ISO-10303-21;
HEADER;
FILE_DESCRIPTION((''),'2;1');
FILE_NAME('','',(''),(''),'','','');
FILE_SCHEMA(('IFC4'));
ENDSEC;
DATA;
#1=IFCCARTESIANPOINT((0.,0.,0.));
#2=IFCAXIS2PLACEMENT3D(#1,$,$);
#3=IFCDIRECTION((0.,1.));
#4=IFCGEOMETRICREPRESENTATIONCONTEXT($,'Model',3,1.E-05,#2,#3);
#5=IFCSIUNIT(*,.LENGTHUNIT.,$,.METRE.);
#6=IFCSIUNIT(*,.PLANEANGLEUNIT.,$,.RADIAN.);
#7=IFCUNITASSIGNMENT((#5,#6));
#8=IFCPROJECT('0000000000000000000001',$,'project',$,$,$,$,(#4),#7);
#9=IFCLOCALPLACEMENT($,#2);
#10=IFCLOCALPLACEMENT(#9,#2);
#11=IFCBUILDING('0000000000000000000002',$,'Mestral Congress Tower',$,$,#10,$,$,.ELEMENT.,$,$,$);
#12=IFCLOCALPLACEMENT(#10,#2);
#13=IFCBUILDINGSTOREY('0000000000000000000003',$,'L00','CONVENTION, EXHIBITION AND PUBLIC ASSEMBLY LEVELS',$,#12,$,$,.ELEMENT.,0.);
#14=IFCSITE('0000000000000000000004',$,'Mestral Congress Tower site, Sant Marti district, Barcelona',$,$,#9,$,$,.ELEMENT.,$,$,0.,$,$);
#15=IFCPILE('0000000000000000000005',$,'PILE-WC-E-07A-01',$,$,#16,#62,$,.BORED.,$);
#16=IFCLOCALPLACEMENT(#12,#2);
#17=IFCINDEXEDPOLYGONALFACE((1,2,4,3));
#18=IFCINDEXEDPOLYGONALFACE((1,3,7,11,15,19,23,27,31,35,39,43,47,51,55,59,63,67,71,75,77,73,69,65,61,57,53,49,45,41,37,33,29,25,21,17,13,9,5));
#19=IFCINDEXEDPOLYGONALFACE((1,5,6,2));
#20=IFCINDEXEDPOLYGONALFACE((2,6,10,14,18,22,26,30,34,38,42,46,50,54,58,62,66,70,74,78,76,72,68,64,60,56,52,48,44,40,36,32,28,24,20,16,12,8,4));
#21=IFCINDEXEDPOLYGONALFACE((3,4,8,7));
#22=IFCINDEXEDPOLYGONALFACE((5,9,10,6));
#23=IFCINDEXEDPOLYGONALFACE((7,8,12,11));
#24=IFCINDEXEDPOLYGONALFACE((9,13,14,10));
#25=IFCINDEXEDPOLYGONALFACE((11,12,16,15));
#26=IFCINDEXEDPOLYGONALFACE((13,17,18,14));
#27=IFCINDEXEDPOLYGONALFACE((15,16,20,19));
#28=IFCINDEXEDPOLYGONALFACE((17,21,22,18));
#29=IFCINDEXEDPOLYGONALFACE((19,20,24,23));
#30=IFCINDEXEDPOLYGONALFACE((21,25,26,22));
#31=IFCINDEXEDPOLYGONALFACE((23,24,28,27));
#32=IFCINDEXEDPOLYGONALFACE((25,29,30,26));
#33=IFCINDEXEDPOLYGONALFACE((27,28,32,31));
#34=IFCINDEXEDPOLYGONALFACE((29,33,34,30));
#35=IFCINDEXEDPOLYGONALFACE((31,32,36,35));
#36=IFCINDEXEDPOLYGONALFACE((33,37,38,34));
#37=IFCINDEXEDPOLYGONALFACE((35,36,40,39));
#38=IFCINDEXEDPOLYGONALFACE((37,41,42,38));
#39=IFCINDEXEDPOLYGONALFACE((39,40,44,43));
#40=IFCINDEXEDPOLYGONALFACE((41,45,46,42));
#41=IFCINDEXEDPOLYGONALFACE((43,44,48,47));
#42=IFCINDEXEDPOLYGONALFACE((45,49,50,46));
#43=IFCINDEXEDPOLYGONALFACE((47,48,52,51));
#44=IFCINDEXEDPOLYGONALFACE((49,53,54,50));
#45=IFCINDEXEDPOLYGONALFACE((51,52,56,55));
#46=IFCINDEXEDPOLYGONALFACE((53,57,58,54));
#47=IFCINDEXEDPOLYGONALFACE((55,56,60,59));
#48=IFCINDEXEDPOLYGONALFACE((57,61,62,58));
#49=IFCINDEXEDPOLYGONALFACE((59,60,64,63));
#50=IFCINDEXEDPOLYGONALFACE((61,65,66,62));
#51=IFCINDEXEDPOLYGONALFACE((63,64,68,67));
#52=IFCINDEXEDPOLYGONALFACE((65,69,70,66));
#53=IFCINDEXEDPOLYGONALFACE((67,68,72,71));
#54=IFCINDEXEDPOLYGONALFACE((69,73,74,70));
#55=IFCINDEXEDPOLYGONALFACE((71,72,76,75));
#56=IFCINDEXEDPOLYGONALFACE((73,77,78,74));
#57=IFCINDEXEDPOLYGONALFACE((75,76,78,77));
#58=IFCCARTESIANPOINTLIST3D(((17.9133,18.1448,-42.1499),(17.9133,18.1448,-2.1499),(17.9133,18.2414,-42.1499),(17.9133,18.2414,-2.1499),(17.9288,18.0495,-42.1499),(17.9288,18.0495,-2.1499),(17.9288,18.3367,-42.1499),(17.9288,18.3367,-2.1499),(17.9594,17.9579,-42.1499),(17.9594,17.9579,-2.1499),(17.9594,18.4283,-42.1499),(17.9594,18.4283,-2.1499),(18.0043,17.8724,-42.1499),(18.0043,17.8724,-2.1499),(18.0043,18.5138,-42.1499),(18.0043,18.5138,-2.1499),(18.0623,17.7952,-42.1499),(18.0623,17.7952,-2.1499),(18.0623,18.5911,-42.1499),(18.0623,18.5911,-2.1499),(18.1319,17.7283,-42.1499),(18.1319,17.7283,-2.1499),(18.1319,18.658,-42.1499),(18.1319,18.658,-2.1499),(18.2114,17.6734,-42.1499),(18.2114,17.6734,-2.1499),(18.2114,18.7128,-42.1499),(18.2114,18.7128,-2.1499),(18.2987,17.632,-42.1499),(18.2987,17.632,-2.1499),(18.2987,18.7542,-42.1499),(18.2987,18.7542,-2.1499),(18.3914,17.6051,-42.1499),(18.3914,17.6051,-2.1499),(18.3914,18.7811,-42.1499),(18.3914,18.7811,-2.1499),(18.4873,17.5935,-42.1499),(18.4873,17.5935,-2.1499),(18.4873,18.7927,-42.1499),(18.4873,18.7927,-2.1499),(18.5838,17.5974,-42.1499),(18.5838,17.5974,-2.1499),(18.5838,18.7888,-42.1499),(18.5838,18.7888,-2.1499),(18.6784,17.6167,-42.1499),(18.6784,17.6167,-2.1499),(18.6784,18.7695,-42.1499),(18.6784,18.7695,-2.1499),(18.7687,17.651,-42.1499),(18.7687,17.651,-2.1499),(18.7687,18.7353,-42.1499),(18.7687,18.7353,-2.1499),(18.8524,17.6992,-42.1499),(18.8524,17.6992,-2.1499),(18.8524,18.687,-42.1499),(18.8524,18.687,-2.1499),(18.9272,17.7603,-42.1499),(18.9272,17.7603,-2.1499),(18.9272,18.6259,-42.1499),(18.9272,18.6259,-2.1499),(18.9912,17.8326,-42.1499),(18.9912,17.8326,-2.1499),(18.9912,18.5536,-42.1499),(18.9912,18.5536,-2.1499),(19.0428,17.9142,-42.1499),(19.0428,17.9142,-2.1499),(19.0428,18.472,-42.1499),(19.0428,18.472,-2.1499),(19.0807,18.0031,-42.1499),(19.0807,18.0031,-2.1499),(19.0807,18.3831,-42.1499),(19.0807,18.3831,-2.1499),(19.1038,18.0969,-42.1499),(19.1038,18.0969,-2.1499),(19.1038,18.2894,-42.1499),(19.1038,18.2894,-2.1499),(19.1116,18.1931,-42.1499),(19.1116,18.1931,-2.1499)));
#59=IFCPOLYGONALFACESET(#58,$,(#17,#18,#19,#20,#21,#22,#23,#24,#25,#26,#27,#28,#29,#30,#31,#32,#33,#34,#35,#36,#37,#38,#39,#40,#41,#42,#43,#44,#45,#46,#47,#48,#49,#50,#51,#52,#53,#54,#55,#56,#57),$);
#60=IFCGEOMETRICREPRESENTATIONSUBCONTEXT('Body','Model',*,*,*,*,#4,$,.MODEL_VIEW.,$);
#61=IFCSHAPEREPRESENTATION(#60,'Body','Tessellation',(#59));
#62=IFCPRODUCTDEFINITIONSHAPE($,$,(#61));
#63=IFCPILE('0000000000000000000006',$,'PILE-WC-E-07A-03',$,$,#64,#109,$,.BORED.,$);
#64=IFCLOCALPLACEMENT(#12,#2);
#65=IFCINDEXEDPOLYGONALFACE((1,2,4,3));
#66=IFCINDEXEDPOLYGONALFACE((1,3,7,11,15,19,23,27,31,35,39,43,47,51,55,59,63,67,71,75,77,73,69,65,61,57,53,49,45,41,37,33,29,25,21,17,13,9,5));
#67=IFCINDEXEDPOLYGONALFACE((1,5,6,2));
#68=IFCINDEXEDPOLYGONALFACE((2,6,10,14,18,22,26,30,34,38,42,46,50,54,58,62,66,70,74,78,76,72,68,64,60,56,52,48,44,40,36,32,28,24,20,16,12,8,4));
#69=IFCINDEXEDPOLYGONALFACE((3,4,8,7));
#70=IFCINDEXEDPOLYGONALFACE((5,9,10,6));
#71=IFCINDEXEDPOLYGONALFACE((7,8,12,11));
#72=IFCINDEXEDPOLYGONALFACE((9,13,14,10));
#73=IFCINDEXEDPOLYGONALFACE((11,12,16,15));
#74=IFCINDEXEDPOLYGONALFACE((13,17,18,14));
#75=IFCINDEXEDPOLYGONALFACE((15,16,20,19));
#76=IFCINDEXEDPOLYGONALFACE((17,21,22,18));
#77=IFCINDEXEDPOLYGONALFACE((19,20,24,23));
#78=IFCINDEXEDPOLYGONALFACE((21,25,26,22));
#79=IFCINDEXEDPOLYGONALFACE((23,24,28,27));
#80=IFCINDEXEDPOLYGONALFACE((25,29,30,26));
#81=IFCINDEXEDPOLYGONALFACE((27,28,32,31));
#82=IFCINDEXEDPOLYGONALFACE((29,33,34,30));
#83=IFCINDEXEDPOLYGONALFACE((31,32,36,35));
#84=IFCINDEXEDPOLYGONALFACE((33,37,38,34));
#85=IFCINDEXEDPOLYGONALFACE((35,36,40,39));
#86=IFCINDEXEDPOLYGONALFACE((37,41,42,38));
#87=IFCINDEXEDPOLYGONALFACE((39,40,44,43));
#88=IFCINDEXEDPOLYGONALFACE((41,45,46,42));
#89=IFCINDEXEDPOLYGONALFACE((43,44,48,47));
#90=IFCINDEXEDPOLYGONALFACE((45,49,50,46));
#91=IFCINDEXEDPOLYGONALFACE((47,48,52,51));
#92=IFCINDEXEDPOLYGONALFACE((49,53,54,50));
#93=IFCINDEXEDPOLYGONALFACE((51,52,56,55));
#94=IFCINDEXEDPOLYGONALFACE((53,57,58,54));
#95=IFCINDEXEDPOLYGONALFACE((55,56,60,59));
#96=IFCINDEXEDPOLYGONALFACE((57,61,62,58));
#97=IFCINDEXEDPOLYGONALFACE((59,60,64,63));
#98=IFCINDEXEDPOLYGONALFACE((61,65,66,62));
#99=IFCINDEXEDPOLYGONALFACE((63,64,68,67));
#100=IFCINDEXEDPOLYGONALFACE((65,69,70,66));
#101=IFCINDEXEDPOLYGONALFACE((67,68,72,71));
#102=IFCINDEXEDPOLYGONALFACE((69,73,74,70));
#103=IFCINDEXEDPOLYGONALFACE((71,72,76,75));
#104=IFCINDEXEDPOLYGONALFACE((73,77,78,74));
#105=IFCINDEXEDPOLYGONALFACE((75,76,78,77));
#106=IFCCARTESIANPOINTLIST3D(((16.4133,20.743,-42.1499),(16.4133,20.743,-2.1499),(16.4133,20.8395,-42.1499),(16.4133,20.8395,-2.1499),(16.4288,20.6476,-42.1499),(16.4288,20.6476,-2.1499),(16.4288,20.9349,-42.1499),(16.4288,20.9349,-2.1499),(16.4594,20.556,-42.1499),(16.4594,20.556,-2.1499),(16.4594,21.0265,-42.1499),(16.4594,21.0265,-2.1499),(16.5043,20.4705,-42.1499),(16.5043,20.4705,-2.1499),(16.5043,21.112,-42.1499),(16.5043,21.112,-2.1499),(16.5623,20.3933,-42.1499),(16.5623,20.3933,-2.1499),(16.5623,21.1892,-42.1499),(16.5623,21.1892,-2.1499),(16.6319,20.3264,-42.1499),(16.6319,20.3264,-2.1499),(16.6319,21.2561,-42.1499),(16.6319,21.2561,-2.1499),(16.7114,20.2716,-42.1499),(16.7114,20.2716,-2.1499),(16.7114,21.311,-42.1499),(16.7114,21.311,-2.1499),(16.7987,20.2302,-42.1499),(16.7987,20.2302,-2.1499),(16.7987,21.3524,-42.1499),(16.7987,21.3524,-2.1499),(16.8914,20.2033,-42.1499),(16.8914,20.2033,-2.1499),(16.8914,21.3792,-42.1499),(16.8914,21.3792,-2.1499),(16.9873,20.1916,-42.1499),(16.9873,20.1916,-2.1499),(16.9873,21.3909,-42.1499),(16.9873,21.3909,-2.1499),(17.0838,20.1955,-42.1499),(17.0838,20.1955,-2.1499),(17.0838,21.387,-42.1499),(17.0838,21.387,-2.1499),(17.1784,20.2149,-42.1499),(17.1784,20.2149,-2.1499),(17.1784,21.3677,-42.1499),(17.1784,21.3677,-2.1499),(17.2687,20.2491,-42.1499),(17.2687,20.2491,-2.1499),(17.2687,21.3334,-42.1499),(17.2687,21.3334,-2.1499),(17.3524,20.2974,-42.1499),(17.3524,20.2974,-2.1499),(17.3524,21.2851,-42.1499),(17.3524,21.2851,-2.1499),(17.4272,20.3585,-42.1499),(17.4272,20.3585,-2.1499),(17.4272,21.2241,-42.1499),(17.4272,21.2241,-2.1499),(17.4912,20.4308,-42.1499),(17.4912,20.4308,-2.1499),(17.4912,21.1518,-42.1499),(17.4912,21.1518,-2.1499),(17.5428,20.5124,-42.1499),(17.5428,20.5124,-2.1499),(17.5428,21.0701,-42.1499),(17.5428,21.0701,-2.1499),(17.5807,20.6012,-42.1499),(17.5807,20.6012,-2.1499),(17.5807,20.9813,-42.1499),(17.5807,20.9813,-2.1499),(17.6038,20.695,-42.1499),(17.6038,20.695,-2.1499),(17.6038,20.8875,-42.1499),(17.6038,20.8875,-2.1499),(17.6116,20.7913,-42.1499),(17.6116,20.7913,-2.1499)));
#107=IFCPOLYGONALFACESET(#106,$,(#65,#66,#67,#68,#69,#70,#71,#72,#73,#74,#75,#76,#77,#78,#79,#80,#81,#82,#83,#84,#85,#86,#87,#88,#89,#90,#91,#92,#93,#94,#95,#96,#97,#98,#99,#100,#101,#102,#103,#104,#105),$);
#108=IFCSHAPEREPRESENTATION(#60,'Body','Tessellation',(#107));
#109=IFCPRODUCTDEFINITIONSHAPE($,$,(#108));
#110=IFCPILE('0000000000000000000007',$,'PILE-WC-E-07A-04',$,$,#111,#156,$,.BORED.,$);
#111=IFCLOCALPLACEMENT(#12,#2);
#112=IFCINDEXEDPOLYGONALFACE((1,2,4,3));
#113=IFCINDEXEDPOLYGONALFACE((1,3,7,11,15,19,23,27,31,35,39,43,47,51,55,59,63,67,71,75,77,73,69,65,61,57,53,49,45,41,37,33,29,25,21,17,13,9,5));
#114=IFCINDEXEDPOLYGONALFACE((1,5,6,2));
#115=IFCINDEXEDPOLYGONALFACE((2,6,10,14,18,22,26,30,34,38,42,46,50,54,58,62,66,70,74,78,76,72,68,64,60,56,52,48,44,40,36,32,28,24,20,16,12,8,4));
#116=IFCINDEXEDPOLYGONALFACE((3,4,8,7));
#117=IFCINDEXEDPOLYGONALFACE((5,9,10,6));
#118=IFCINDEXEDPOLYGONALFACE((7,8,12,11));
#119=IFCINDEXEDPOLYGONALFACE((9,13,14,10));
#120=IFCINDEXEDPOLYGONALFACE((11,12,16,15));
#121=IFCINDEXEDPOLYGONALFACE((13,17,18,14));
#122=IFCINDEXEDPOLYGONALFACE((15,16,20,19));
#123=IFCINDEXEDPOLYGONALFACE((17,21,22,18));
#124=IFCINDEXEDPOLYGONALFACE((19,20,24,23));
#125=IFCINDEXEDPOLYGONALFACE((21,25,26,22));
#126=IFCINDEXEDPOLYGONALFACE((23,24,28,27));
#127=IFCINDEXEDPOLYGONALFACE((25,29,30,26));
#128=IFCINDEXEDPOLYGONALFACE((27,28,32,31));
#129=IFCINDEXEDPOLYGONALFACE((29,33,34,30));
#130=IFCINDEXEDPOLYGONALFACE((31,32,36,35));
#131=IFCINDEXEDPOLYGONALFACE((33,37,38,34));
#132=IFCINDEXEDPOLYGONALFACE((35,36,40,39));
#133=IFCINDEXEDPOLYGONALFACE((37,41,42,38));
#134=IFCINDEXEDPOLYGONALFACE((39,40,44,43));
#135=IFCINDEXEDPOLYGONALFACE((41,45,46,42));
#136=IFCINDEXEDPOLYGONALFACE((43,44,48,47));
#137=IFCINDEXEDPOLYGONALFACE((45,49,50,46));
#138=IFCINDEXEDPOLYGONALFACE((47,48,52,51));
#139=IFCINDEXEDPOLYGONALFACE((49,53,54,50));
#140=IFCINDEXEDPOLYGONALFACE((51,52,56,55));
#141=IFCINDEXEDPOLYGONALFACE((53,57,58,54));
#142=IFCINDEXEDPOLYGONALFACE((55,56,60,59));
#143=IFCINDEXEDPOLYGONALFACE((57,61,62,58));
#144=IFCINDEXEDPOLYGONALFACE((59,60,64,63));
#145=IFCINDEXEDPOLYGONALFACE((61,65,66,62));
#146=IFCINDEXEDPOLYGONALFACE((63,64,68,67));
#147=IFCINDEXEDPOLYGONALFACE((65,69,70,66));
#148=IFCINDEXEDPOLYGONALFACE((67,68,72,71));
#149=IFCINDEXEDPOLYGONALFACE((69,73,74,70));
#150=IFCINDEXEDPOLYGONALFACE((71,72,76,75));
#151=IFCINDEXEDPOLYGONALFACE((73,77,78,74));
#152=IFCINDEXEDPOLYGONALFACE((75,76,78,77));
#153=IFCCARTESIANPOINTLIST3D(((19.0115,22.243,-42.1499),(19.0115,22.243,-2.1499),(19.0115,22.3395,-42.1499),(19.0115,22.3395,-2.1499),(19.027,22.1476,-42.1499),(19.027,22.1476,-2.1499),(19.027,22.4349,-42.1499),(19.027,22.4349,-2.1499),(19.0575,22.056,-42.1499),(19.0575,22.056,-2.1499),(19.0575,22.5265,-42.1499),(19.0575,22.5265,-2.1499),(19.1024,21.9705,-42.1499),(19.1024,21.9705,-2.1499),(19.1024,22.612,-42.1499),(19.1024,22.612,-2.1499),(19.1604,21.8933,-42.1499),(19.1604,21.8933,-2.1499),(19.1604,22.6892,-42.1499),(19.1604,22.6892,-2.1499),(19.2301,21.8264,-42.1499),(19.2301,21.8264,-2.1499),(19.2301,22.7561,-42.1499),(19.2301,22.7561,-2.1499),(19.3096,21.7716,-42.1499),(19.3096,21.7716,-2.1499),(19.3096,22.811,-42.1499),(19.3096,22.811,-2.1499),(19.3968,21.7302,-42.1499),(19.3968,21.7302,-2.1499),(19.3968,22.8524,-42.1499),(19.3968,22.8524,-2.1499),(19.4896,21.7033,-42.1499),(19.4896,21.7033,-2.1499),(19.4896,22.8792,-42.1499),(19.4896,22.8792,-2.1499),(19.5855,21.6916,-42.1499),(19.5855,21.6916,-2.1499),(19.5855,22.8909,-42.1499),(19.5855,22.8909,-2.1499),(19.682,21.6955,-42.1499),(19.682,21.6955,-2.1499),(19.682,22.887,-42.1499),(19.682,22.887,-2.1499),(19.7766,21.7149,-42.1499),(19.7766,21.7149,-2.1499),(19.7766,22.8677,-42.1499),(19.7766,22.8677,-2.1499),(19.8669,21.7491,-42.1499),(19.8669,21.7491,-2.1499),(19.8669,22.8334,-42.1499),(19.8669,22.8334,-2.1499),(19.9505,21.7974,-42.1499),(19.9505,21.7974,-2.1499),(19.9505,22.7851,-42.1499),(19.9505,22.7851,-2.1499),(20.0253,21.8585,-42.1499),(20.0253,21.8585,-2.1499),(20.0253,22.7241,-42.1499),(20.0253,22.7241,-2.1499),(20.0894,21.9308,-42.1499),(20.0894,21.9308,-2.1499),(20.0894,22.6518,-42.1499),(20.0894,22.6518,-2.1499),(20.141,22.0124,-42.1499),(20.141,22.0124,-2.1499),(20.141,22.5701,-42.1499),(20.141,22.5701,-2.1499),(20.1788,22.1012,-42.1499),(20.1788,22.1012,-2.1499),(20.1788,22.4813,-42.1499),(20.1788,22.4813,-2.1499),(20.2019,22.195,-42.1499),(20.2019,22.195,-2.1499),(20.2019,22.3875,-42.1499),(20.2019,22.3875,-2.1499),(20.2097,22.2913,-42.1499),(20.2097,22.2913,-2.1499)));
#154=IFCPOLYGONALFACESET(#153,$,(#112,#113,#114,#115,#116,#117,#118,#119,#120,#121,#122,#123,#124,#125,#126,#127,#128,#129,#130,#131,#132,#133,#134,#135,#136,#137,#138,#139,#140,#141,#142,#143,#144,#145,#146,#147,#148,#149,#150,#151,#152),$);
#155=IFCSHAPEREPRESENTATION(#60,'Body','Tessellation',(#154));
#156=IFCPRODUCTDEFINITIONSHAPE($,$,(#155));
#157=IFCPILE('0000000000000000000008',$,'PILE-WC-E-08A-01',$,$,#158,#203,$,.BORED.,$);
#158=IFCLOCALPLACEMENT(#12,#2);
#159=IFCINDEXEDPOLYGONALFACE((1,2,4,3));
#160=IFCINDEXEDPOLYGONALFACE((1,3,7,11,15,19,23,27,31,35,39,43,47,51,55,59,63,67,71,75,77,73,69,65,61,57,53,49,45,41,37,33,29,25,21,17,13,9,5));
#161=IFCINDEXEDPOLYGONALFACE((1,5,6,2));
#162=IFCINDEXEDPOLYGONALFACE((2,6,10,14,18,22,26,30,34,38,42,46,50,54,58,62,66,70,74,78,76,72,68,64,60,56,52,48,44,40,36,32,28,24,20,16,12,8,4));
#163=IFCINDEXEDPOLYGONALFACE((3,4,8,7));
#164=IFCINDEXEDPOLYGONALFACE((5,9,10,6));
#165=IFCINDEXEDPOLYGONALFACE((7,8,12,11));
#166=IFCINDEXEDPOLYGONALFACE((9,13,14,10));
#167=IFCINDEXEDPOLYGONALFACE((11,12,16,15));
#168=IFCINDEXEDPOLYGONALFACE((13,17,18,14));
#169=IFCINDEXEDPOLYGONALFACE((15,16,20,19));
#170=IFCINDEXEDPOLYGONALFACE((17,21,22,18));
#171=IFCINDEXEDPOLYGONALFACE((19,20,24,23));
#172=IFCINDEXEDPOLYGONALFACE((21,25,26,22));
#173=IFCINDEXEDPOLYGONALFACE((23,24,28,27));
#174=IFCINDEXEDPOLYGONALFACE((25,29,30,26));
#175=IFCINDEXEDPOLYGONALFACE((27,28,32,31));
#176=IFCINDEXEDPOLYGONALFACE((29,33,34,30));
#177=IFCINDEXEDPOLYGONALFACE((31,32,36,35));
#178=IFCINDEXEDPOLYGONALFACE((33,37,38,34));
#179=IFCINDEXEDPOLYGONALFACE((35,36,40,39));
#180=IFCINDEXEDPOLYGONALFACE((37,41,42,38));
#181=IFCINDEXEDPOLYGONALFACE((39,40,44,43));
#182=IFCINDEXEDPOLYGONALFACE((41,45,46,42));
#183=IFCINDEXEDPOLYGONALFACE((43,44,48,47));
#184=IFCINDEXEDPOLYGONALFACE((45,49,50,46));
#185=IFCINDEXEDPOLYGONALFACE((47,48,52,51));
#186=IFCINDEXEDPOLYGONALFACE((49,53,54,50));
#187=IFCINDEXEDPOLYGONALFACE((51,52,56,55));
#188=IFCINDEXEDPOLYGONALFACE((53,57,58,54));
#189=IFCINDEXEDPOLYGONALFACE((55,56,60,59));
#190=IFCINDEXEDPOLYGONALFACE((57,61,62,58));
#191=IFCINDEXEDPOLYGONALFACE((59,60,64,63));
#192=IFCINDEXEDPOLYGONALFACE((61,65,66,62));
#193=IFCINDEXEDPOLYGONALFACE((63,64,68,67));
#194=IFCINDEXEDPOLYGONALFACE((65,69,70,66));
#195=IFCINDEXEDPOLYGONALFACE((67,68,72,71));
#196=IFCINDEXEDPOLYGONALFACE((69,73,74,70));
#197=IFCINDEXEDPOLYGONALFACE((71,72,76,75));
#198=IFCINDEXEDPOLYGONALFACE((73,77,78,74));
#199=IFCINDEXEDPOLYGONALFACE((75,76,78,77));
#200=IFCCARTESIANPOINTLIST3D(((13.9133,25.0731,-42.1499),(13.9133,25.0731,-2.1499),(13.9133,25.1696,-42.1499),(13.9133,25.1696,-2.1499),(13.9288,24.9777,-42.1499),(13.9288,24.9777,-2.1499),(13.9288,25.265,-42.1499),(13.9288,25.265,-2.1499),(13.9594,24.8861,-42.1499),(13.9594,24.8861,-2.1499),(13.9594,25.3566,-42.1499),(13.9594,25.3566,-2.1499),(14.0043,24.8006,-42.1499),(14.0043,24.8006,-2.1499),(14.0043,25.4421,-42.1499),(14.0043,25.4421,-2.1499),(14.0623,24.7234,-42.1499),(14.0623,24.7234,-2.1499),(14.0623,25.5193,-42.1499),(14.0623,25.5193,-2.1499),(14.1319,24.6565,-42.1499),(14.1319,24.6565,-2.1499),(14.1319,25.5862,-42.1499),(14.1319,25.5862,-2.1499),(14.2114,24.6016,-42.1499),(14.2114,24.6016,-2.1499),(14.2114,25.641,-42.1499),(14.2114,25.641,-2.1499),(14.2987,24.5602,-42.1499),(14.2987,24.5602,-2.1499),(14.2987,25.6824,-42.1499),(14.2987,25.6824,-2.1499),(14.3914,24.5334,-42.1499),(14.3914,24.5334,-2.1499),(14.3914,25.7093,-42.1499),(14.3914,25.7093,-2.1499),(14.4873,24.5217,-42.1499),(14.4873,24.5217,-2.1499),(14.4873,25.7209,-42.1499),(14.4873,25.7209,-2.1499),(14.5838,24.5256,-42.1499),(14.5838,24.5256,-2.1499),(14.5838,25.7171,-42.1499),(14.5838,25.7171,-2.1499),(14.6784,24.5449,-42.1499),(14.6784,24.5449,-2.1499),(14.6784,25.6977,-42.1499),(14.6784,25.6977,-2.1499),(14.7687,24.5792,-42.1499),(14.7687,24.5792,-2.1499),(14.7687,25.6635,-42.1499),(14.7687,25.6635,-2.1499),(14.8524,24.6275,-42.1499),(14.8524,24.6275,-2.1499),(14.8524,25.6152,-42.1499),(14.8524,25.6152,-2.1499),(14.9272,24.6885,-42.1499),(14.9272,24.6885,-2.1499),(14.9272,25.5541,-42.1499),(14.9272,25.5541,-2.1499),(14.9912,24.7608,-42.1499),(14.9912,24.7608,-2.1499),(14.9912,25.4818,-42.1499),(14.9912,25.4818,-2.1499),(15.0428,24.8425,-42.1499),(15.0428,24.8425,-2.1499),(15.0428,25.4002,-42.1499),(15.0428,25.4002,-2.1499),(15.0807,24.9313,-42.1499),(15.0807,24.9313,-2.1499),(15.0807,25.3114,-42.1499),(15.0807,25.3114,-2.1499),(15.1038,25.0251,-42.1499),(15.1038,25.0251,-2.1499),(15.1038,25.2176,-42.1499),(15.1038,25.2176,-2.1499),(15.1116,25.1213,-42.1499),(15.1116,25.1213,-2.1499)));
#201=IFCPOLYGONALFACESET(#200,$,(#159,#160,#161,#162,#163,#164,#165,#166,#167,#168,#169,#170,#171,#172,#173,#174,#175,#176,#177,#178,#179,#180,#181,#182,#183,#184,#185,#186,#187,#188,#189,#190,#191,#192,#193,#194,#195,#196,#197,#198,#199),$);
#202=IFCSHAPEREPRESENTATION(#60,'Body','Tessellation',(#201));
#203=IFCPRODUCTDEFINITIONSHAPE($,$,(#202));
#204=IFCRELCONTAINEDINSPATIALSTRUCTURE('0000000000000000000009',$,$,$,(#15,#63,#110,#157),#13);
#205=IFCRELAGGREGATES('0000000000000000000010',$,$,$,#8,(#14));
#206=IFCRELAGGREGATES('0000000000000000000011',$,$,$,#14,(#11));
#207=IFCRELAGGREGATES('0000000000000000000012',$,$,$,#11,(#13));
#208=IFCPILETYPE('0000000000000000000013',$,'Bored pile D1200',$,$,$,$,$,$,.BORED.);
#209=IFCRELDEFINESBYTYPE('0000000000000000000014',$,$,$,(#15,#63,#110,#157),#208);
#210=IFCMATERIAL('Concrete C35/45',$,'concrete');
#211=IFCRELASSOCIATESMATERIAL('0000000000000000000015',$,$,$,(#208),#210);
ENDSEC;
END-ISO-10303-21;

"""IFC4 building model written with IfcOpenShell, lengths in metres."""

from ifc_helpers import new_model, si_unit, direction, frame, origin, origin_2d, place, context, subcontext, project, spatial, circle, extrude, material, material_profile, profile_set, type_object, element, save


model = new_model("IFC4")

# Units and contexts
model_context = context("Model", 3, precision=1e-05, world=origin(), true_north=direction((0.0, 1.0)))
body_context = subcontext(model_context, "Body", "Model", "MODEL_VIEW")
ifc_project = project(units=[si_unit("LENGTHUNIT", "METRE"), si_unit("PLANEANGLEUNIT", "RADIAN")], contexts=[model_context])

# Site, building, storey
site_placement = place(None, origin())
site = spatial("IfcSite", under=ifc_project, at=site_placement, Name="Mestral Congress Tower site, Sant Marti district, Barcelona", CompositionType="ELEMENT", RefElevation=0.0)
building_placement = place(site_placement, origin())
building = spatial("IfcBuilding", under=site, at=building_placement, Name="Mestral Congress Tower", CompositionType="ELEMENT")
storey_placement = place(building_placement, origin())
storey = spatial("IfcBuildingStorey", under=building, at=storey_placement, Name="L00", Description="CONVENTION, EXHIBITION AND PUBLIC ASSEMBLY LEVELS", CompositionType="ELEMENT", Elevation=0.0)

# Piles
ifc_material_1 = material(Name="Concrete C35/45", Category="concrete")
ifc_material_profile_1 = material_profile(ifc_material_1, circle(Radius=0.6001, at=origin_2d()), Name="D1200")
ifc_profile_set_1 = profile_set([ifc_material_profile_1], Name="Concrete C35/45")
pile_type_1 = type_object("IfcPileType", Name="Bored pile D1200", PredefinedType="BORED", material=ifc_profile_set_1)
for number, where, z_axis, x_axis, name in (
    (1, (18.5115, 18.1931, -2.1499), (0.0, 0.0, -1.0), (1.0, 0.0, 0.0), "PILE-WC-E-07A-01"),
    (2, (17.0115, 20.7913, -2.1499), (0.0, 0.0, -1.0), (1.0, 0.0, 0.0), "PILE-WC-E-07A-03"),
    (3, (19.6096, 22.2913, -2.1499), (0.0, 0.0, -1.0), (1.0, 0.0, 0.0), "PILE-WC-E-07A-04"),
    (4, (14.5115, 25.1213, -2.1499), (0.0, 0.0, -1.0), (1.0, 0.0, 0.0), "PILE-WC-E-08A-01"),
):
    element("IfcPile", number, at=place(storey_placement, frame(where, z_axis=z_axis, x_axis=x_axis)), inside=storey, type_object=pile_type_1, Name=name, PredefinedType="BORED", context=body_context, shape_type="SweptSolid", body=[
        extrude(circle(Radius=0.6001, at=origin_2d()), origin(), (0.0, 0.0, 1.0), 40.0),
    ])

save(model, "model.ifc")
